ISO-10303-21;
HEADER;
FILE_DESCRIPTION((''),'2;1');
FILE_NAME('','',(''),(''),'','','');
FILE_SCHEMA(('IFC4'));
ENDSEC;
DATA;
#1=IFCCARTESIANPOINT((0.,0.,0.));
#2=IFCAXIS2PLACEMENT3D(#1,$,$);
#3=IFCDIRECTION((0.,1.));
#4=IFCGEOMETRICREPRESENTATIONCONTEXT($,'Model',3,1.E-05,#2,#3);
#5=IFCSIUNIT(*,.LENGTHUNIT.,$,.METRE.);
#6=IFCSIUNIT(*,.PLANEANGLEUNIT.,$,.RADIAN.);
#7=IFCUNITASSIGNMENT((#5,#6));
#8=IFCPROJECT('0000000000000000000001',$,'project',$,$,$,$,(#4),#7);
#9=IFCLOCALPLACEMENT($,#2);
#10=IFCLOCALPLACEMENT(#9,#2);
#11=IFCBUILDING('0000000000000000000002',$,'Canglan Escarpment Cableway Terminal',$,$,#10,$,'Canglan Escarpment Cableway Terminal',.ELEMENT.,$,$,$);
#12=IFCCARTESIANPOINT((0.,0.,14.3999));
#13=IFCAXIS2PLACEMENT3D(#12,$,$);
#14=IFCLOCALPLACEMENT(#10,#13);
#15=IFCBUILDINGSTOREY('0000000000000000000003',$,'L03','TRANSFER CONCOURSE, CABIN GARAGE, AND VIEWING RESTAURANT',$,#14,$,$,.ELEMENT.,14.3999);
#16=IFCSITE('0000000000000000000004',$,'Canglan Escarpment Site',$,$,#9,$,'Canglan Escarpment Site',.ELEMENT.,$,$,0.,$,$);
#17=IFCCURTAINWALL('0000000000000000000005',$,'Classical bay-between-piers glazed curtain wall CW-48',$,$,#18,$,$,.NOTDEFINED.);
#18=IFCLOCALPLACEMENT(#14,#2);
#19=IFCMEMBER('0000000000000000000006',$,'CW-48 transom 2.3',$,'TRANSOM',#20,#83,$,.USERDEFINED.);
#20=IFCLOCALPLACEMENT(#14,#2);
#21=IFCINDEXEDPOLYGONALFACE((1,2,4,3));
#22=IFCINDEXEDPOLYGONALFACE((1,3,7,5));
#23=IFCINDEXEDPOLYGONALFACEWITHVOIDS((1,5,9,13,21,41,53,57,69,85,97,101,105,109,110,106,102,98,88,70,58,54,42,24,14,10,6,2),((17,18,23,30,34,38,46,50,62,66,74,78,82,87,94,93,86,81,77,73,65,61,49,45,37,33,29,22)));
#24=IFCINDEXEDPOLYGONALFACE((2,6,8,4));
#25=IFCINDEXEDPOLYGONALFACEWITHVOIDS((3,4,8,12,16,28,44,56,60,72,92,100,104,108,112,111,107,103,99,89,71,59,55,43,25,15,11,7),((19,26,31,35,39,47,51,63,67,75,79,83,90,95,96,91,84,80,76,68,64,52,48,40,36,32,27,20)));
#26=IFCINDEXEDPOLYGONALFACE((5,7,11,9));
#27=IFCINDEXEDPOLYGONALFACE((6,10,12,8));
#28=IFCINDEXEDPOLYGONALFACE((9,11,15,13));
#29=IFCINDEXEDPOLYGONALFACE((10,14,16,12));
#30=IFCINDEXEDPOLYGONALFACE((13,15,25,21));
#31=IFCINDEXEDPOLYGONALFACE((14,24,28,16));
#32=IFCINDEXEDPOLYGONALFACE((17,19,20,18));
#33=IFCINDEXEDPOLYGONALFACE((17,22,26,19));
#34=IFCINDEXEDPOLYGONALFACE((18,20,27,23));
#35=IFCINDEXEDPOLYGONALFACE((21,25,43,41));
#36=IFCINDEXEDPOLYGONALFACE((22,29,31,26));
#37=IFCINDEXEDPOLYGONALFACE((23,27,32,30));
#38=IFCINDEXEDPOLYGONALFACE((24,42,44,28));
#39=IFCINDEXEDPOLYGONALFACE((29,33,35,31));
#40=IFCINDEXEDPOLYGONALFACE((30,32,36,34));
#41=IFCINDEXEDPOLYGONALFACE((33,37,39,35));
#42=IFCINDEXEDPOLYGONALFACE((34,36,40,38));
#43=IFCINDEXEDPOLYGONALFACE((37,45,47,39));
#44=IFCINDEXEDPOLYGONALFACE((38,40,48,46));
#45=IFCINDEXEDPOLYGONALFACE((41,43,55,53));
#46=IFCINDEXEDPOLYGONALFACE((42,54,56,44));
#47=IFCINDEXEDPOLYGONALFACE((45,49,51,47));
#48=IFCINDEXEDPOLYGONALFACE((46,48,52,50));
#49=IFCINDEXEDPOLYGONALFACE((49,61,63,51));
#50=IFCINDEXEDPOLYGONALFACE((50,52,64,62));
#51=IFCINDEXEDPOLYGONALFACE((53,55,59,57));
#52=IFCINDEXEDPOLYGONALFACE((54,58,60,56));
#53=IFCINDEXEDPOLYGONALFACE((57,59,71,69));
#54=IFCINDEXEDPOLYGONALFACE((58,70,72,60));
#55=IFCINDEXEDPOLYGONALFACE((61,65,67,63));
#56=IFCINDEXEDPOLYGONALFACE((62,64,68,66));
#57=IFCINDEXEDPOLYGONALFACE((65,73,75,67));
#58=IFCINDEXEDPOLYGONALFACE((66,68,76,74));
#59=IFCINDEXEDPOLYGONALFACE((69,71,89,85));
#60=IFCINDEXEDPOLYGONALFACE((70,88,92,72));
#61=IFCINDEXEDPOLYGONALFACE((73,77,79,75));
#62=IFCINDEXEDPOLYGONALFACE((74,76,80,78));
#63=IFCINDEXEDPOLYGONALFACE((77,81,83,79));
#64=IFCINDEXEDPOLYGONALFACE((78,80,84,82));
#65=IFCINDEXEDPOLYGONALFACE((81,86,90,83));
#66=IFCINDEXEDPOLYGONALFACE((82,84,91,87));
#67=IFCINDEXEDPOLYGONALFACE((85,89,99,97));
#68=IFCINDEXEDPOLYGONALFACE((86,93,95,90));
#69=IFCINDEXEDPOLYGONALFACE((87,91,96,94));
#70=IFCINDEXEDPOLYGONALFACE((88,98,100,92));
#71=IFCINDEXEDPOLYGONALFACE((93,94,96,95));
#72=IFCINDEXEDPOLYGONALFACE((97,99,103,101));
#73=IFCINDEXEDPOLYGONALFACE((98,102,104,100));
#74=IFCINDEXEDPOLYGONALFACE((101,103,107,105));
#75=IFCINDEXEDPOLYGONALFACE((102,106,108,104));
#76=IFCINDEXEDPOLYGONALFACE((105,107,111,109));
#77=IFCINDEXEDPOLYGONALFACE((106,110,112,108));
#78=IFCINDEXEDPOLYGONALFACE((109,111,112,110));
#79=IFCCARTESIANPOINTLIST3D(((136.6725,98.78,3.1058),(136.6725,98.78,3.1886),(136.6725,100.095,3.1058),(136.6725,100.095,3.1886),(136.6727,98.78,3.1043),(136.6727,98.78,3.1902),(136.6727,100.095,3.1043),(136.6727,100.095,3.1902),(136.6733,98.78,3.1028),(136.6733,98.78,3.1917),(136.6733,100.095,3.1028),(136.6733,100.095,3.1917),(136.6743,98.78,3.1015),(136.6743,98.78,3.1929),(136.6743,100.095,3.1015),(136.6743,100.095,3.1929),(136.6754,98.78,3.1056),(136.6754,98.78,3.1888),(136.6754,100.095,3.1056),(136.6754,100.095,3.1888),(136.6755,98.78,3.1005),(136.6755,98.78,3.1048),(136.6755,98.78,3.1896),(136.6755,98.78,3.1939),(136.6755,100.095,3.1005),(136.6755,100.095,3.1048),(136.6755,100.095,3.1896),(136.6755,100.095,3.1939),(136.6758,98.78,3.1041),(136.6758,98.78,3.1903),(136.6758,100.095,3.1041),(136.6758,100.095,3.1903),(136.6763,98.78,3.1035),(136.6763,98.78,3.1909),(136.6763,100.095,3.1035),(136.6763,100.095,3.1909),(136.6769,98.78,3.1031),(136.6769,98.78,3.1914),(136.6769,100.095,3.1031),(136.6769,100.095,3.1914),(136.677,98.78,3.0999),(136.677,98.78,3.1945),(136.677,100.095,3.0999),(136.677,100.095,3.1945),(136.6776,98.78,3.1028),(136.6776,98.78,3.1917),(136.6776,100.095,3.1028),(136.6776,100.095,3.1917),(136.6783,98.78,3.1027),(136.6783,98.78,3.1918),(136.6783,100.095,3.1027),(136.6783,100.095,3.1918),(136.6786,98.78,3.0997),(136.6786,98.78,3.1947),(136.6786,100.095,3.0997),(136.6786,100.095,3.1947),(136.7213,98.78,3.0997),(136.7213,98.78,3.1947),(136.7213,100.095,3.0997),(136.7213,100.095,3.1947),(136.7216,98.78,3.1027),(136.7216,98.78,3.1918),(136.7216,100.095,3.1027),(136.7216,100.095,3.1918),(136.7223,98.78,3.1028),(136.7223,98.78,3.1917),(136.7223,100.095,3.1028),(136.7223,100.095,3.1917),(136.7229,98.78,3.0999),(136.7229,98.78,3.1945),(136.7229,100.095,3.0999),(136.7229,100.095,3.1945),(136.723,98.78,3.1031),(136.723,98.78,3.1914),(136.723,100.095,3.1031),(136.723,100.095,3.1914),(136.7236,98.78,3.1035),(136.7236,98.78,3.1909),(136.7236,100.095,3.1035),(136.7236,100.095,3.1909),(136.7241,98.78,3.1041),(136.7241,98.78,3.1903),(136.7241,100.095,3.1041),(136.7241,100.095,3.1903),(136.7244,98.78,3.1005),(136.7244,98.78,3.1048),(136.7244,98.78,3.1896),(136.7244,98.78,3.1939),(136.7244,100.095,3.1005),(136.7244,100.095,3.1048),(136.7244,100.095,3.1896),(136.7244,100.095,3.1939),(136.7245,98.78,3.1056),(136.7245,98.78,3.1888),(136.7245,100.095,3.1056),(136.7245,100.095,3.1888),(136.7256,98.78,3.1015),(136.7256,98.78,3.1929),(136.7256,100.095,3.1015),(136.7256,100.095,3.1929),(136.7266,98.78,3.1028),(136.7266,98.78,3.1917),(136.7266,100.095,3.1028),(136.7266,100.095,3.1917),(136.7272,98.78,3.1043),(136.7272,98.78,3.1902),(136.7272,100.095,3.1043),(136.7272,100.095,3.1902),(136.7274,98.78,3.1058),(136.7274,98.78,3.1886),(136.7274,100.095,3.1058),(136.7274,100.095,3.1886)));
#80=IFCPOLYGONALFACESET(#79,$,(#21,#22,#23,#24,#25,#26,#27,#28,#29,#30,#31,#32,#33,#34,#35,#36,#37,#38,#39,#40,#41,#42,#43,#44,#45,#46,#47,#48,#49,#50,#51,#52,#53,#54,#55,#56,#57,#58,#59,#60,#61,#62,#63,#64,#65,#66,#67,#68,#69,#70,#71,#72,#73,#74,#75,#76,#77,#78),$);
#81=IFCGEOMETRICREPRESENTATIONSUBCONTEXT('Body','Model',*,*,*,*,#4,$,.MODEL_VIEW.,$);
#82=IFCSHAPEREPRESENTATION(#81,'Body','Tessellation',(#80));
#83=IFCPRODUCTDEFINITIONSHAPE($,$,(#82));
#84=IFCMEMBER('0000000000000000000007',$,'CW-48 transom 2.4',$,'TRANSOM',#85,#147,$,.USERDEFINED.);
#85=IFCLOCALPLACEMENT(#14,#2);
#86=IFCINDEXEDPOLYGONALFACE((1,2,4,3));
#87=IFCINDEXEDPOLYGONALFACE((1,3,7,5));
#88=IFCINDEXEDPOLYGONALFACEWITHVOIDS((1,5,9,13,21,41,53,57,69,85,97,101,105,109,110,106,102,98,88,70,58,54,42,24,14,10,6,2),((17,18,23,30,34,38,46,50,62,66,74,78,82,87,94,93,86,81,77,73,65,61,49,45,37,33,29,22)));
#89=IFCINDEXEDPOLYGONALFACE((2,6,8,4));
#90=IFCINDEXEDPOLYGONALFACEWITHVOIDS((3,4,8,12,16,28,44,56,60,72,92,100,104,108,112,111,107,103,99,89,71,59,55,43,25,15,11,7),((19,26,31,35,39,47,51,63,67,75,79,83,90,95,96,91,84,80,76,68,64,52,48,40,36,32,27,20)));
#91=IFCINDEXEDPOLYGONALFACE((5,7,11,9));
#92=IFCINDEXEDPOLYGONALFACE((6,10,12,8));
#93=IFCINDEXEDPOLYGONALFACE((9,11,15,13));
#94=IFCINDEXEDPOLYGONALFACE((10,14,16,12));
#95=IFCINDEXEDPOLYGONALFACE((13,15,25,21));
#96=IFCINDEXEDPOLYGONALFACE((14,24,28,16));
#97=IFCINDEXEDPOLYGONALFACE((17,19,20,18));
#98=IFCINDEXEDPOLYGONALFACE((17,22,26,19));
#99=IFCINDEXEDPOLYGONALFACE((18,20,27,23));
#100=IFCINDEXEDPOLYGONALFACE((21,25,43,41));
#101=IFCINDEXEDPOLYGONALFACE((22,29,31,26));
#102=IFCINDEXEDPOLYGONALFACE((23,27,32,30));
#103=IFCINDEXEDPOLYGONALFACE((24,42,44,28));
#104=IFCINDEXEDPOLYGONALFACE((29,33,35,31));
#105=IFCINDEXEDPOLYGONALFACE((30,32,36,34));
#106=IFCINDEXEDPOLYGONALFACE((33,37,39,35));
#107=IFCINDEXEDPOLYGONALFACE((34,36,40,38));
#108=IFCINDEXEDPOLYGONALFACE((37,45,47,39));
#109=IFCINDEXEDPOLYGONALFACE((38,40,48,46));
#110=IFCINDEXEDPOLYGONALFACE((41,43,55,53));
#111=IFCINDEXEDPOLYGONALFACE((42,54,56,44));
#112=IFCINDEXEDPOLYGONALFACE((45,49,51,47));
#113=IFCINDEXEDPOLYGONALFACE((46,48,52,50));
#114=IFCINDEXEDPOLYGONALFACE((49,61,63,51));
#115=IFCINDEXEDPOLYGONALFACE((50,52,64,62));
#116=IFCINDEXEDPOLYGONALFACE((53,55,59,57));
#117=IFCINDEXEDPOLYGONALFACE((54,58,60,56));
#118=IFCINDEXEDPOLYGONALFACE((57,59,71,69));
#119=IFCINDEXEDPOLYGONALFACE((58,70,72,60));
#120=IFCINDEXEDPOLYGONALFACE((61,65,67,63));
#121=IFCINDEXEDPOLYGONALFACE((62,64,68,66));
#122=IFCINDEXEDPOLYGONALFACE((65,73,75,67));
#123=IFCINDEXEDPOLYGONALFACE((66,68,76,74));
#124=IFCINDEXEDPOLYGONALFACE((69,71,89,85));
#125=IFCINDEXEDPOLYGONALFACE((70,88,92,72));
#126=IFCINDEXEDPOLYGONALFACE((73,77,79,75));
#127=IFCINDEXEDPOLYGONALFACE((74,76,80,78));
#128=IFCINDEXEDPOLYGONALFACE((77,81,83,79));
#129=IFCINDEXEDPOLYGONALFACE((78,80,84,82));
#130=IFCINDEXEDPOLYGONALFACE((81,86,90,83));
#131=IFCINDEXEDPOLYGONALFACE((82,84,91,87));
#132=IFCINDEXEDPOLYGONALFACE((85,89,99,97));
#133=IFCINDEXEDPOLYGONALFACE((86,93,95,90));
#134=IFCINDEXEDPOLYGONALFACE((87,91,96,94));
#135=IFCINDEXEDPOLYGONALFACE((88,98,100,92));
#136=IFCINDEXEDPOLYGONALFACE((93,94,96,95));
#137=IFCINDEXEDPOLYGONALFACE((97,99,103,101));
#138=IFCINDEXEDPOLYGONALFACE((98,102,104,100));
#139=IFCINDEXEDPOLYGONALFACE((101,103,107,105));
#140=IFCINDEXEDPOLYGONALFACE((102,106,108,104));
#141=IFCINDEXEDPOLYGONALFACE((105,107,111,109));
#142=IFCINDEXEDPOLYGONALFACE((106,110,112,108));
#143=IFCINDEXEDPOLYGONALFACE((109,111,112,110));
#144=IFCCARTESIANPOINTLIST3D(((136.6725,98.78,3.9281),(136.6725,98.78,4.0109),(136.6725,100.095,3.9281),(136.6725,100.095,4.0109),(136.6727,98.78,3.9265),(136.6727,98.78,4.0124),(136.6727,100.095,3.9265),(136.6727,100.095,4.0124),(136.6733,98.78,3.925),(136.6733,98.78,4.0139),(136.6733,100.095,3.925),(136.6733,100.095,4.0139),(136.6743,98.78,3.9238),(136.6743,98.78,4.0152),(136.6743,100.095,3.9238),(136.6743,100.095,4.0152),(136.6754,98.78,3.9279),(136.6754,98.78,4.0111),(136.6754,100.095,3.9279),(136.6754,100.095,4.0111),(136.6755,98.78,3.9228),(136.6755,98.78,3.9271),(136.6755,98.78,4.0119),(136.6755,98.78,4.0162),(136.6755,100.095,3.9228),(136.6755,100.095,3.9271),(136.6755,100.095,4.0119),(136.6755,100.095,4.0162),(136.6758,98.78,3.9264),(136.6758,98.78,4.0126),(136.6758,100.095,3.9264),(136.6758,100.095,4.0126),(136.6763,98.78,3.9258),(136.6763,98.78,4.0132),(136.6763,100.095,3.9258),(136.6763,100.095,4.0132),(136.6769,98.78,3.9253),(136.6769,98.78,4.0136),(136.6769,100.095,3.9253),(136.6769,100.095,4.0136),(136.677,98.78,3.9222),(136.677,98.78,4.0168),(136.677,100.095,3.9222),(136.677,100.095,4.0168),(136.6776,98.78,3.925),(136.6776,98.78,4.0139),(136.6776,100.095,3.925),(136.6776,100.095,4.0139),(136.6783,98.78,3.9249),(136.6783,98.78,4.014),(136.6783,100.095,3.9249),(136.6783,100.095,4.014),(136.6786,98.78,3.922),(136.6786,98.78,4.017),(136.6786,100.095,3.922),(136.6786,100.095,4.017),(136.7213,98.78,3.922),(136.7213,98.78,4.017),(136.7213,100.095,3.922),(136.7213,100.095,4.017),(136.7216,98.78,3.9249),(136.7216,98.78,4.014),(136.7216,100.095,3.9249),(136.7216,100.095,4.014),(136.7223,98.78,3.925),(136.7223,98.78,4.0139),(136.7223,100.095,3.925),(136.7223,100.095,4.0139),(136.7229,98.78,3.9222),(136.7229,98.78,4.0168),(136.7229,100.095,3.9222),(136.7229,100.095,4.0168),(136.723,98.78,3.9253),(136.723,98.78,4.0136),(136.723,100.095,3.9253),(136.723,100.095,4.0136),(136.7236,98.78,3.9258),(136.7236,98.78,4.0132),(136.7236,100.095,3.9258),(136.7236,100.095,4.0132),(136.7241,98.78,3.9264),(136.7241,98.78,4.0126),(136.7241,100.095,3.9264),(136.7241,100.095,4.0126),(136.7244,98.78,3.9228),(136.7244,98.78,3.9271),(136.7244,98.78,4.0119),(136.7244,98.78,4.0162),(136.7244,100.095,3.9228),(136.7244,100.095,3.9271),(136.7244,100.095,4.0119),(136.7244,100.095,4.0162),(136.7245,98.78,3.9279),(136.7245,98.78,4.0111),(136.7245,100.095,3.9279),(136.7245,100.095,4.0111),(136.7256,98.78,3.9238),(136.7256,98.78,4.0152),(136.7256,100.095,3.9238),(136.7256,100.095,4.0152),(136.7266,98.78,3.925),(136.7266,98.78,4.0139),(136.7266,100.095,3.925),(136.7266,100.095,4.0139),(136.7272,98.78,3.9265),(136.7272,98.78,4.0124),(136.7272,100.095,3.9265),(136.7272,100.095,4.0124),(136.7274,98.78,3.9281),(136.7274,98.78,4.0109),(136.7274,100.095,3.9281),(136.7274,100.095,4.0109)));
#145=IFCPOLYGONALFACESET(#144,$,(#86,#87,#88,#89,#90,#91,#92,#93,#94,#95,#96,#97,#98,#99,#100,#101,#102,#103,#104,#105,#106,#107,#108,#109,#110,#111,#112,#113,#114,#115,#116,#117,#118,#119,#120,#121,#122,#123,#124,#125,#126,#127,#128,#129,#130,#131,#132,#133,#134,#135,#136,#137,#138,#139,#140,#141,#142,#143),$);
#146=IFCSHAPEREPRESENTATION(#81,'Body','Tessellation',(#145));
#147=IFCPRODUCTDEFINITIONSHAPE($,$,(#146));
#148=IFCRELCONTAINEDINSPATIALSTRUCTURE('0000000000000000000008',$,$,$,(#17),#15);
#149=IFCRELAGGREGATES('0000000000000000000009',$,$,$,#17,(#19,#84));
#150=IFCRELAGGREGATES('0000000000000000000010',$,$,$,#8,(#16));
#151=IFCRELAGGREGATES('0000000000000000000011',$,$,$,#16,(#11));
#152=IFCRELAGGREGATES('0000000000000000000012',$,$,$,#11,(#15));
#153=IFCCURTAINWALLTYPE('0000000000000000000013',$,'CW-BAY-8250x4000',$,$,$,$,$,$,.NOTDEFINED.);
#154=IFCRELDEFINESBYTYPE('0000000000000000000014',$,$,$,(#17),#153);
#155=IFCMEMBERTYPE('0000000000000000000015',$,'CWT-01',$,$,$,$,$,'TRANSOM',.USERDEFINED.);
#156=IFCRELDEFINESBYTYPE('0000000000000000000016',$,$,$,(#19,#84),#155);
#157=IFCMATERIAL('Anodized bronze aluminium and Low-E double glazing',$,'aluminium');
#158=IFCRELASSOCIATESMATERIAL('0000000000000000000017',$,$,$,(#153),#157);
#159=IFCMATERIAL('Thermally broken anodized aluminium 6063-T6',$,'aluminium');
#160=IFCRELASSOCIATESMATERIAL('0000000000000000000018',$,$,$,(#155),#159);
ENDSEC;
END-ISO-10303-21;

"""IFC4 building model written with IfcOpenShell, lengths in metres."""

from ifc_helpers import new_model, si_unit, direction, frame, origin, origin_2d, place, context, subcontext, project, spatial, hollow_rectangle, extrude, material, material_profile, profile_set, type_object, element, aggregate, save


model = new_model("IFC4")

# Units and contexts
model_context = context("Model", 3, precision=1e-05, world=origin(), true_north=direction((0.0, 1.0)))
body_context = subcontext(model_context, "Body", "Model", "MODEL_VIEW")
ifc_project = project(units=[si_unit("LENGTHUNIT", "METRE"), si_unit("PLANEANGLEUNIT", "RADIAN")], contexts=[model_context])

# Site, building, storey
site_placement = place(None, origin())
site = spatial("IfcSite", under=ifc_project, at=site_placement, Name="Canglan Escarpment Site", LongName="Canglan Escarpment Site", CompositionType="ELEMENT", RefElevation=0.0)
building_placement = place(site_placement, origin())
building = spatial("IfcBuilding", under=site, at=building_placement, Name="Canglan Escarpment Cableway Terminal", LongName="Canglan Escarpment Cableway Terminal", CompositionType="ELEMENT")
storey_placement = place(building_placement, frame((0.0, 0.0, 14.3999)))
storey = spatial("IfcBuildingStorey", under=building, at=storey_placement, Name="L03", Description="TRANSFER CONCOURSE, CABIN GARAGE, AND VIEWING RESTAURANT", CompositionType="ELEMENT", Elevation=14.3999)

# Curtain wall, members
ifc_material_1 = material(Name="Anodized bronze aluminium and Low-E double glazing", Category="aluminium")
curtain_wall_type = type_object("IfcCurtainWallType", Name="CW-BAY-8250x4000", PredefinedType="NOTDEFINED", material=ifc_material_1)
curtain_wall_placement = place(storey_placement, origin())
curtain_wall = element("IfcCurtainWall", 1, at=curtain_wall_placement, inside=storey, type_object=curtain_wall_type, Name="Classical bay-between-piers glazed curtain wall CW-48", PredefinedType="NOTDEFINED")
ifc_material_2 = material(Name="Thermally broken anodized aluminium 6063-T6", Category="aluminium")
ifc_material_profile_1 = material_profile(ifc_material_2, hollow_rectangle(XDim=0.0549, YDim=0.095, WallThickness=0.0029, InnerFilletRadius=0.0029, OuterFilletRadius=0.0061, at=origin_2d()), Name="ALU-TRAN 55x95x3")
ifc_profile_set_1 = profile_set([ifc_material_profile_1], Name="Thermally broken anodized aluminium 6063-T6")
member_type_1 = type_object("IfcMemberType", Name="CWT-01", ElementType="TRANSOM", PredefinedType="USERDEFINED", material=ifc_profile_set_1)
member_1_placement = place(storey_placement, frame((136.7, 98.78, 3.1472), z_axis=(0.0, 1.0, 0.0), x_axis=(-1.0, 0.0, 0.0)))
member_1 = element("IfcMember", 2, at=member_1_placement, type_object=member_type_1, Name="CW-48 transom 2.3", ObjectType="TRANSOM", PredefinedType="USERDEFINED", context=body_context, shape_type="SweptSolid", body=[
    extrude(hollow_rectangle(XDim=0.0549, YDim=0.095, WallThickness=0.0029, InnerFilletRadius=0.0029, OuterFilletRadius=0.0061, at=origin_2d()), origin(), (0.0, 0.0, 1.0), 1.3149),
])
member_2_placement = place(storey_placement, frame((136.7, 98.78, 3.9695), z_axis=(0.0, 1.0, 0.0), x_axis=(-1.0, 0.0, 0.0)))
member_2 = element("IfcMember", 3, at=member_2_placement, type_object=member_type_1, Name="CW-48 transom 2.4", ObjectType="TRANSOM", PredefinedType="USERDEFINED", context=body_context, shape_type="SweptSolid", body=[
    extrude(hollow_rectangle(XDim=0.0549, YDim=0.095, WallThickness=0.0029, InnerFilletRadius=0.0029, OuterFilletRadius=0.0061, at=origin_2d()), origin(), (0.0, 0.0, 1.0), 1.3149),
])
aggregate(curtain_wall, [member_1, member_2])

save(model, "model.ifc")
